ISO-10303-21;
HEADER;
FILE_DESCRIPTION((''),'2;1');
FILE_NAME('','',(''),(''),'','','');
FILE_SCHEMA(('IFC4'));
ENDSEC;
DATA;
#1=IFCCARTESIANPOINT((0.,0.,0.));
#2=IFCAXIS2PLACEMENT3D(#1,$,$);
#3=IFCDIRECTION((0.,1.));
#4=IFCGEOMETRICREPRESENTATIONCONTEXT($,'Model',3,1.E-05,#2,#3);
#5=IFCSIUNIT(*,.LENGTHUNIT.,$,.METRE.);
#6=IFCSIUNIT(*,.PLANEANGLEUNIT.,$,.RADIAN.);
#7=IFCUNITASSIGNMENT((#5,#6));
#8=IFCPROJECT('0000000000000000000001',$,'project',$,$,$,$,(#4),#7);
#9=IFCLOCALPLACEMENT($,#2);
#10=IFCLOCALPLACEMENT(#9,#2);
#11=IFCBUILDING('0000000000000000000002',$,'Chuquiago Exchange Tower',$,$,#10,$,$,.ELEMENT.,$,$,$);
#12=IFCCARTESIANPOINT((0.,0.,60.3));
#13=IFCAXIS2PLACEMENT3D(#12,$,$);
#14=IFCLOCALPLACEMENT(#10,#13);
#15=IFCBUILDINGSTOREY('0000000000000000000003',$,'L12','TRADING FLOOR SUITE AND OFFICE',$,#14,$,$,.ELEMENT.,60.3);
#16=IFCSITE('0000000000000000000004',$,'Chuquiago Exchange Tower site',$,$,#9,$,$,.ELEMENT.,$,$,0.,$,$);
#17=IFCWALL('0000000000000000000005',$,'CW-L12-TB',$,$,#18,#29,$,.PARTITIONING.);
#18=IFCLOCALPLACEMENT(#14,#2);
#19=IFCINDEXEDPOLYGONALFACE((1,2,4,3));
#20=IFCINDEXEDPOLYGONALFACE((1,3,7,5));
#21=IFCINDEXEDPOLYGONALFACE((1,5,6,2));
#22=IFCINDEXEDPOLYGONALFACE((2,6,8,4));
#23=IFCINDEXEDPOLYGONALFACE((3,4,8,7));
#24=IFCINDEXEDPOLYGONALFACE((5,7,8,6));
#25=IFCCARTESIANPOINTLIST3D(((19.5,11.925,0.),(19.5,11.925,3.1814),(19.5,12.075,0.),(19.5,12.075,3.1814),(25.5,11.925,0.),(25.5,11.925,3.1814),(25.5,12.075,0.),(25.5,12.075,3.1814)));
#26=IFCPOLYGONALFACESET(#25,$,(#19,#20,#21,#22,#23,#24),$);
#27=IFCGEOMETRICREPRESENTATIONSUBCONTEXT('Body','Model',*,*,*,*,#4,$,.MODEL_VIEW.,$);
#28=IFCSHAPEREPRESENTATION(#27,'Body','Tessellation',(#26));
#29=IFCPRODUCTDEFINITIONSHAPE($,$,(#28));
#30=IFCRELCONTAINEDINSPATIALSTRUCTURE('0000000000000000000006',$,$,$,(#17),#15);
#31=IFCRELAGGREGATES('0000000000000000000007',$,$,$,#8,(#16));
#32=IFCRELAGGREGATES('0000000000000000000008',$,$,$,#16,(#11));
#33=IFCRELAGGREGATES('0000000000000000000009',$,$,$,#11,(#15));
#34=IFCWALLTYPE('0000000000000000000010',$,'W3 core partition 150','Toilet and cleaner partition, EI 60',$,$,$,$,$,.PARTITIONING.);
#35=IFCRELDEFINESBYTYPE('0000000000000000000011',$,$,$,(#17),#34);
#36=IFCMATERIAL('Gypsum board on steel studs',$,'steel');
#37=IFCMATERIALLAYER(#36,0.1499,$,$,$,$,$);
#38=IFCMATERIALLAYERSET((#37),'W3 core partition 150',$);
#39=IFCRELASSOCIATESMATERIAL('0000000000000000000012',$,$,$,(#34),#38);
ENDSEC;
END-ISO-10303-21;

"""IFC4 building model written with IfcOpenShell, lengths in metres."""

from ifc_helpers import new_model, si_unit, direction, frame, frame_2d, origin, place, context, subcontext, project, spatial, rectangle, extrude, material, layer, layer_set, type_object, element, save


model = new_model("IFC4")

# Units and contexts
model_context = context("Model", 3, precision=1e-05, world=origin(), true_north=direction((0.0, 1.0)))
body_context = subcontext(model_context, "Body", "Model", "MODEL_VIEW")
ifc_project = project(units=[si_unit("LENGTHUNIT", "METRE"), si_unit("PLANEANGLEUNIT", "RADIAN")], contexts=[model_context])

# Site, building, storey
site_placement = place(None, origin())
site = spatial("IfcSite", under=ifc_project, at=site_placement, Name="Chuquiago Exchange Tower site", CompositionType="ELEMENT", RefElevation=0.0)
building_placement = place(site_placement, origin())
building = spatial("IfcBuilding", under=site, at=building_placement, Name="Chuquiago Exchange Tower", CompositionType="ELEMENT")
storey_placement = place(building_placement, frame((0.0, 0.0, 60.3)))
storey = spatial("IfcBuildingStorey", under=building, at=storey_placement, Name="L12", Description="TRADING FLOOR SUITE AND OFFICE", CompositionType="ELEMENT", Elevation=60.3)

# Shared definitions
ifc_material_1 = material(Name="Gypsum board on steel studs", Category="steel")
ifc_layer_1 = layer(ifc_material_1, 0.1499)
ifc_layer_set_1 = layer_set([ifc_layer_1], Name="W3 core partition 150")
wall_type_1 = type_object("IfcWallType", Name="W3 core partition 150", Description="Toilet and cleaner partition, EI 60", PredefinedType="PARTITIONING", material=ifc_layer_set_1)

# Wall
wall_1_placement = place(storey_placement, frame((19.5, 12.0, 0.0), z_axis=(0.0, 0.0, 1.0), x_axis=(1.0, 0.0, 0.0)))
element("IfcWall", 1, at=wall_1_placement, inside=storey, type_object=wall_type_1, Name="CW-L12-TB", PredefinedType="PARTITIONING", context=body_context, shape_type="SweptSolid", body=[
    extrude(rectangle(XDim=6.0, YDim=0.1499, at=frame_2d((3.0, 0.0))), origin(), (0.0, 0.0, 1.0), 3.1814),
])

save(model, "model.ifc")
